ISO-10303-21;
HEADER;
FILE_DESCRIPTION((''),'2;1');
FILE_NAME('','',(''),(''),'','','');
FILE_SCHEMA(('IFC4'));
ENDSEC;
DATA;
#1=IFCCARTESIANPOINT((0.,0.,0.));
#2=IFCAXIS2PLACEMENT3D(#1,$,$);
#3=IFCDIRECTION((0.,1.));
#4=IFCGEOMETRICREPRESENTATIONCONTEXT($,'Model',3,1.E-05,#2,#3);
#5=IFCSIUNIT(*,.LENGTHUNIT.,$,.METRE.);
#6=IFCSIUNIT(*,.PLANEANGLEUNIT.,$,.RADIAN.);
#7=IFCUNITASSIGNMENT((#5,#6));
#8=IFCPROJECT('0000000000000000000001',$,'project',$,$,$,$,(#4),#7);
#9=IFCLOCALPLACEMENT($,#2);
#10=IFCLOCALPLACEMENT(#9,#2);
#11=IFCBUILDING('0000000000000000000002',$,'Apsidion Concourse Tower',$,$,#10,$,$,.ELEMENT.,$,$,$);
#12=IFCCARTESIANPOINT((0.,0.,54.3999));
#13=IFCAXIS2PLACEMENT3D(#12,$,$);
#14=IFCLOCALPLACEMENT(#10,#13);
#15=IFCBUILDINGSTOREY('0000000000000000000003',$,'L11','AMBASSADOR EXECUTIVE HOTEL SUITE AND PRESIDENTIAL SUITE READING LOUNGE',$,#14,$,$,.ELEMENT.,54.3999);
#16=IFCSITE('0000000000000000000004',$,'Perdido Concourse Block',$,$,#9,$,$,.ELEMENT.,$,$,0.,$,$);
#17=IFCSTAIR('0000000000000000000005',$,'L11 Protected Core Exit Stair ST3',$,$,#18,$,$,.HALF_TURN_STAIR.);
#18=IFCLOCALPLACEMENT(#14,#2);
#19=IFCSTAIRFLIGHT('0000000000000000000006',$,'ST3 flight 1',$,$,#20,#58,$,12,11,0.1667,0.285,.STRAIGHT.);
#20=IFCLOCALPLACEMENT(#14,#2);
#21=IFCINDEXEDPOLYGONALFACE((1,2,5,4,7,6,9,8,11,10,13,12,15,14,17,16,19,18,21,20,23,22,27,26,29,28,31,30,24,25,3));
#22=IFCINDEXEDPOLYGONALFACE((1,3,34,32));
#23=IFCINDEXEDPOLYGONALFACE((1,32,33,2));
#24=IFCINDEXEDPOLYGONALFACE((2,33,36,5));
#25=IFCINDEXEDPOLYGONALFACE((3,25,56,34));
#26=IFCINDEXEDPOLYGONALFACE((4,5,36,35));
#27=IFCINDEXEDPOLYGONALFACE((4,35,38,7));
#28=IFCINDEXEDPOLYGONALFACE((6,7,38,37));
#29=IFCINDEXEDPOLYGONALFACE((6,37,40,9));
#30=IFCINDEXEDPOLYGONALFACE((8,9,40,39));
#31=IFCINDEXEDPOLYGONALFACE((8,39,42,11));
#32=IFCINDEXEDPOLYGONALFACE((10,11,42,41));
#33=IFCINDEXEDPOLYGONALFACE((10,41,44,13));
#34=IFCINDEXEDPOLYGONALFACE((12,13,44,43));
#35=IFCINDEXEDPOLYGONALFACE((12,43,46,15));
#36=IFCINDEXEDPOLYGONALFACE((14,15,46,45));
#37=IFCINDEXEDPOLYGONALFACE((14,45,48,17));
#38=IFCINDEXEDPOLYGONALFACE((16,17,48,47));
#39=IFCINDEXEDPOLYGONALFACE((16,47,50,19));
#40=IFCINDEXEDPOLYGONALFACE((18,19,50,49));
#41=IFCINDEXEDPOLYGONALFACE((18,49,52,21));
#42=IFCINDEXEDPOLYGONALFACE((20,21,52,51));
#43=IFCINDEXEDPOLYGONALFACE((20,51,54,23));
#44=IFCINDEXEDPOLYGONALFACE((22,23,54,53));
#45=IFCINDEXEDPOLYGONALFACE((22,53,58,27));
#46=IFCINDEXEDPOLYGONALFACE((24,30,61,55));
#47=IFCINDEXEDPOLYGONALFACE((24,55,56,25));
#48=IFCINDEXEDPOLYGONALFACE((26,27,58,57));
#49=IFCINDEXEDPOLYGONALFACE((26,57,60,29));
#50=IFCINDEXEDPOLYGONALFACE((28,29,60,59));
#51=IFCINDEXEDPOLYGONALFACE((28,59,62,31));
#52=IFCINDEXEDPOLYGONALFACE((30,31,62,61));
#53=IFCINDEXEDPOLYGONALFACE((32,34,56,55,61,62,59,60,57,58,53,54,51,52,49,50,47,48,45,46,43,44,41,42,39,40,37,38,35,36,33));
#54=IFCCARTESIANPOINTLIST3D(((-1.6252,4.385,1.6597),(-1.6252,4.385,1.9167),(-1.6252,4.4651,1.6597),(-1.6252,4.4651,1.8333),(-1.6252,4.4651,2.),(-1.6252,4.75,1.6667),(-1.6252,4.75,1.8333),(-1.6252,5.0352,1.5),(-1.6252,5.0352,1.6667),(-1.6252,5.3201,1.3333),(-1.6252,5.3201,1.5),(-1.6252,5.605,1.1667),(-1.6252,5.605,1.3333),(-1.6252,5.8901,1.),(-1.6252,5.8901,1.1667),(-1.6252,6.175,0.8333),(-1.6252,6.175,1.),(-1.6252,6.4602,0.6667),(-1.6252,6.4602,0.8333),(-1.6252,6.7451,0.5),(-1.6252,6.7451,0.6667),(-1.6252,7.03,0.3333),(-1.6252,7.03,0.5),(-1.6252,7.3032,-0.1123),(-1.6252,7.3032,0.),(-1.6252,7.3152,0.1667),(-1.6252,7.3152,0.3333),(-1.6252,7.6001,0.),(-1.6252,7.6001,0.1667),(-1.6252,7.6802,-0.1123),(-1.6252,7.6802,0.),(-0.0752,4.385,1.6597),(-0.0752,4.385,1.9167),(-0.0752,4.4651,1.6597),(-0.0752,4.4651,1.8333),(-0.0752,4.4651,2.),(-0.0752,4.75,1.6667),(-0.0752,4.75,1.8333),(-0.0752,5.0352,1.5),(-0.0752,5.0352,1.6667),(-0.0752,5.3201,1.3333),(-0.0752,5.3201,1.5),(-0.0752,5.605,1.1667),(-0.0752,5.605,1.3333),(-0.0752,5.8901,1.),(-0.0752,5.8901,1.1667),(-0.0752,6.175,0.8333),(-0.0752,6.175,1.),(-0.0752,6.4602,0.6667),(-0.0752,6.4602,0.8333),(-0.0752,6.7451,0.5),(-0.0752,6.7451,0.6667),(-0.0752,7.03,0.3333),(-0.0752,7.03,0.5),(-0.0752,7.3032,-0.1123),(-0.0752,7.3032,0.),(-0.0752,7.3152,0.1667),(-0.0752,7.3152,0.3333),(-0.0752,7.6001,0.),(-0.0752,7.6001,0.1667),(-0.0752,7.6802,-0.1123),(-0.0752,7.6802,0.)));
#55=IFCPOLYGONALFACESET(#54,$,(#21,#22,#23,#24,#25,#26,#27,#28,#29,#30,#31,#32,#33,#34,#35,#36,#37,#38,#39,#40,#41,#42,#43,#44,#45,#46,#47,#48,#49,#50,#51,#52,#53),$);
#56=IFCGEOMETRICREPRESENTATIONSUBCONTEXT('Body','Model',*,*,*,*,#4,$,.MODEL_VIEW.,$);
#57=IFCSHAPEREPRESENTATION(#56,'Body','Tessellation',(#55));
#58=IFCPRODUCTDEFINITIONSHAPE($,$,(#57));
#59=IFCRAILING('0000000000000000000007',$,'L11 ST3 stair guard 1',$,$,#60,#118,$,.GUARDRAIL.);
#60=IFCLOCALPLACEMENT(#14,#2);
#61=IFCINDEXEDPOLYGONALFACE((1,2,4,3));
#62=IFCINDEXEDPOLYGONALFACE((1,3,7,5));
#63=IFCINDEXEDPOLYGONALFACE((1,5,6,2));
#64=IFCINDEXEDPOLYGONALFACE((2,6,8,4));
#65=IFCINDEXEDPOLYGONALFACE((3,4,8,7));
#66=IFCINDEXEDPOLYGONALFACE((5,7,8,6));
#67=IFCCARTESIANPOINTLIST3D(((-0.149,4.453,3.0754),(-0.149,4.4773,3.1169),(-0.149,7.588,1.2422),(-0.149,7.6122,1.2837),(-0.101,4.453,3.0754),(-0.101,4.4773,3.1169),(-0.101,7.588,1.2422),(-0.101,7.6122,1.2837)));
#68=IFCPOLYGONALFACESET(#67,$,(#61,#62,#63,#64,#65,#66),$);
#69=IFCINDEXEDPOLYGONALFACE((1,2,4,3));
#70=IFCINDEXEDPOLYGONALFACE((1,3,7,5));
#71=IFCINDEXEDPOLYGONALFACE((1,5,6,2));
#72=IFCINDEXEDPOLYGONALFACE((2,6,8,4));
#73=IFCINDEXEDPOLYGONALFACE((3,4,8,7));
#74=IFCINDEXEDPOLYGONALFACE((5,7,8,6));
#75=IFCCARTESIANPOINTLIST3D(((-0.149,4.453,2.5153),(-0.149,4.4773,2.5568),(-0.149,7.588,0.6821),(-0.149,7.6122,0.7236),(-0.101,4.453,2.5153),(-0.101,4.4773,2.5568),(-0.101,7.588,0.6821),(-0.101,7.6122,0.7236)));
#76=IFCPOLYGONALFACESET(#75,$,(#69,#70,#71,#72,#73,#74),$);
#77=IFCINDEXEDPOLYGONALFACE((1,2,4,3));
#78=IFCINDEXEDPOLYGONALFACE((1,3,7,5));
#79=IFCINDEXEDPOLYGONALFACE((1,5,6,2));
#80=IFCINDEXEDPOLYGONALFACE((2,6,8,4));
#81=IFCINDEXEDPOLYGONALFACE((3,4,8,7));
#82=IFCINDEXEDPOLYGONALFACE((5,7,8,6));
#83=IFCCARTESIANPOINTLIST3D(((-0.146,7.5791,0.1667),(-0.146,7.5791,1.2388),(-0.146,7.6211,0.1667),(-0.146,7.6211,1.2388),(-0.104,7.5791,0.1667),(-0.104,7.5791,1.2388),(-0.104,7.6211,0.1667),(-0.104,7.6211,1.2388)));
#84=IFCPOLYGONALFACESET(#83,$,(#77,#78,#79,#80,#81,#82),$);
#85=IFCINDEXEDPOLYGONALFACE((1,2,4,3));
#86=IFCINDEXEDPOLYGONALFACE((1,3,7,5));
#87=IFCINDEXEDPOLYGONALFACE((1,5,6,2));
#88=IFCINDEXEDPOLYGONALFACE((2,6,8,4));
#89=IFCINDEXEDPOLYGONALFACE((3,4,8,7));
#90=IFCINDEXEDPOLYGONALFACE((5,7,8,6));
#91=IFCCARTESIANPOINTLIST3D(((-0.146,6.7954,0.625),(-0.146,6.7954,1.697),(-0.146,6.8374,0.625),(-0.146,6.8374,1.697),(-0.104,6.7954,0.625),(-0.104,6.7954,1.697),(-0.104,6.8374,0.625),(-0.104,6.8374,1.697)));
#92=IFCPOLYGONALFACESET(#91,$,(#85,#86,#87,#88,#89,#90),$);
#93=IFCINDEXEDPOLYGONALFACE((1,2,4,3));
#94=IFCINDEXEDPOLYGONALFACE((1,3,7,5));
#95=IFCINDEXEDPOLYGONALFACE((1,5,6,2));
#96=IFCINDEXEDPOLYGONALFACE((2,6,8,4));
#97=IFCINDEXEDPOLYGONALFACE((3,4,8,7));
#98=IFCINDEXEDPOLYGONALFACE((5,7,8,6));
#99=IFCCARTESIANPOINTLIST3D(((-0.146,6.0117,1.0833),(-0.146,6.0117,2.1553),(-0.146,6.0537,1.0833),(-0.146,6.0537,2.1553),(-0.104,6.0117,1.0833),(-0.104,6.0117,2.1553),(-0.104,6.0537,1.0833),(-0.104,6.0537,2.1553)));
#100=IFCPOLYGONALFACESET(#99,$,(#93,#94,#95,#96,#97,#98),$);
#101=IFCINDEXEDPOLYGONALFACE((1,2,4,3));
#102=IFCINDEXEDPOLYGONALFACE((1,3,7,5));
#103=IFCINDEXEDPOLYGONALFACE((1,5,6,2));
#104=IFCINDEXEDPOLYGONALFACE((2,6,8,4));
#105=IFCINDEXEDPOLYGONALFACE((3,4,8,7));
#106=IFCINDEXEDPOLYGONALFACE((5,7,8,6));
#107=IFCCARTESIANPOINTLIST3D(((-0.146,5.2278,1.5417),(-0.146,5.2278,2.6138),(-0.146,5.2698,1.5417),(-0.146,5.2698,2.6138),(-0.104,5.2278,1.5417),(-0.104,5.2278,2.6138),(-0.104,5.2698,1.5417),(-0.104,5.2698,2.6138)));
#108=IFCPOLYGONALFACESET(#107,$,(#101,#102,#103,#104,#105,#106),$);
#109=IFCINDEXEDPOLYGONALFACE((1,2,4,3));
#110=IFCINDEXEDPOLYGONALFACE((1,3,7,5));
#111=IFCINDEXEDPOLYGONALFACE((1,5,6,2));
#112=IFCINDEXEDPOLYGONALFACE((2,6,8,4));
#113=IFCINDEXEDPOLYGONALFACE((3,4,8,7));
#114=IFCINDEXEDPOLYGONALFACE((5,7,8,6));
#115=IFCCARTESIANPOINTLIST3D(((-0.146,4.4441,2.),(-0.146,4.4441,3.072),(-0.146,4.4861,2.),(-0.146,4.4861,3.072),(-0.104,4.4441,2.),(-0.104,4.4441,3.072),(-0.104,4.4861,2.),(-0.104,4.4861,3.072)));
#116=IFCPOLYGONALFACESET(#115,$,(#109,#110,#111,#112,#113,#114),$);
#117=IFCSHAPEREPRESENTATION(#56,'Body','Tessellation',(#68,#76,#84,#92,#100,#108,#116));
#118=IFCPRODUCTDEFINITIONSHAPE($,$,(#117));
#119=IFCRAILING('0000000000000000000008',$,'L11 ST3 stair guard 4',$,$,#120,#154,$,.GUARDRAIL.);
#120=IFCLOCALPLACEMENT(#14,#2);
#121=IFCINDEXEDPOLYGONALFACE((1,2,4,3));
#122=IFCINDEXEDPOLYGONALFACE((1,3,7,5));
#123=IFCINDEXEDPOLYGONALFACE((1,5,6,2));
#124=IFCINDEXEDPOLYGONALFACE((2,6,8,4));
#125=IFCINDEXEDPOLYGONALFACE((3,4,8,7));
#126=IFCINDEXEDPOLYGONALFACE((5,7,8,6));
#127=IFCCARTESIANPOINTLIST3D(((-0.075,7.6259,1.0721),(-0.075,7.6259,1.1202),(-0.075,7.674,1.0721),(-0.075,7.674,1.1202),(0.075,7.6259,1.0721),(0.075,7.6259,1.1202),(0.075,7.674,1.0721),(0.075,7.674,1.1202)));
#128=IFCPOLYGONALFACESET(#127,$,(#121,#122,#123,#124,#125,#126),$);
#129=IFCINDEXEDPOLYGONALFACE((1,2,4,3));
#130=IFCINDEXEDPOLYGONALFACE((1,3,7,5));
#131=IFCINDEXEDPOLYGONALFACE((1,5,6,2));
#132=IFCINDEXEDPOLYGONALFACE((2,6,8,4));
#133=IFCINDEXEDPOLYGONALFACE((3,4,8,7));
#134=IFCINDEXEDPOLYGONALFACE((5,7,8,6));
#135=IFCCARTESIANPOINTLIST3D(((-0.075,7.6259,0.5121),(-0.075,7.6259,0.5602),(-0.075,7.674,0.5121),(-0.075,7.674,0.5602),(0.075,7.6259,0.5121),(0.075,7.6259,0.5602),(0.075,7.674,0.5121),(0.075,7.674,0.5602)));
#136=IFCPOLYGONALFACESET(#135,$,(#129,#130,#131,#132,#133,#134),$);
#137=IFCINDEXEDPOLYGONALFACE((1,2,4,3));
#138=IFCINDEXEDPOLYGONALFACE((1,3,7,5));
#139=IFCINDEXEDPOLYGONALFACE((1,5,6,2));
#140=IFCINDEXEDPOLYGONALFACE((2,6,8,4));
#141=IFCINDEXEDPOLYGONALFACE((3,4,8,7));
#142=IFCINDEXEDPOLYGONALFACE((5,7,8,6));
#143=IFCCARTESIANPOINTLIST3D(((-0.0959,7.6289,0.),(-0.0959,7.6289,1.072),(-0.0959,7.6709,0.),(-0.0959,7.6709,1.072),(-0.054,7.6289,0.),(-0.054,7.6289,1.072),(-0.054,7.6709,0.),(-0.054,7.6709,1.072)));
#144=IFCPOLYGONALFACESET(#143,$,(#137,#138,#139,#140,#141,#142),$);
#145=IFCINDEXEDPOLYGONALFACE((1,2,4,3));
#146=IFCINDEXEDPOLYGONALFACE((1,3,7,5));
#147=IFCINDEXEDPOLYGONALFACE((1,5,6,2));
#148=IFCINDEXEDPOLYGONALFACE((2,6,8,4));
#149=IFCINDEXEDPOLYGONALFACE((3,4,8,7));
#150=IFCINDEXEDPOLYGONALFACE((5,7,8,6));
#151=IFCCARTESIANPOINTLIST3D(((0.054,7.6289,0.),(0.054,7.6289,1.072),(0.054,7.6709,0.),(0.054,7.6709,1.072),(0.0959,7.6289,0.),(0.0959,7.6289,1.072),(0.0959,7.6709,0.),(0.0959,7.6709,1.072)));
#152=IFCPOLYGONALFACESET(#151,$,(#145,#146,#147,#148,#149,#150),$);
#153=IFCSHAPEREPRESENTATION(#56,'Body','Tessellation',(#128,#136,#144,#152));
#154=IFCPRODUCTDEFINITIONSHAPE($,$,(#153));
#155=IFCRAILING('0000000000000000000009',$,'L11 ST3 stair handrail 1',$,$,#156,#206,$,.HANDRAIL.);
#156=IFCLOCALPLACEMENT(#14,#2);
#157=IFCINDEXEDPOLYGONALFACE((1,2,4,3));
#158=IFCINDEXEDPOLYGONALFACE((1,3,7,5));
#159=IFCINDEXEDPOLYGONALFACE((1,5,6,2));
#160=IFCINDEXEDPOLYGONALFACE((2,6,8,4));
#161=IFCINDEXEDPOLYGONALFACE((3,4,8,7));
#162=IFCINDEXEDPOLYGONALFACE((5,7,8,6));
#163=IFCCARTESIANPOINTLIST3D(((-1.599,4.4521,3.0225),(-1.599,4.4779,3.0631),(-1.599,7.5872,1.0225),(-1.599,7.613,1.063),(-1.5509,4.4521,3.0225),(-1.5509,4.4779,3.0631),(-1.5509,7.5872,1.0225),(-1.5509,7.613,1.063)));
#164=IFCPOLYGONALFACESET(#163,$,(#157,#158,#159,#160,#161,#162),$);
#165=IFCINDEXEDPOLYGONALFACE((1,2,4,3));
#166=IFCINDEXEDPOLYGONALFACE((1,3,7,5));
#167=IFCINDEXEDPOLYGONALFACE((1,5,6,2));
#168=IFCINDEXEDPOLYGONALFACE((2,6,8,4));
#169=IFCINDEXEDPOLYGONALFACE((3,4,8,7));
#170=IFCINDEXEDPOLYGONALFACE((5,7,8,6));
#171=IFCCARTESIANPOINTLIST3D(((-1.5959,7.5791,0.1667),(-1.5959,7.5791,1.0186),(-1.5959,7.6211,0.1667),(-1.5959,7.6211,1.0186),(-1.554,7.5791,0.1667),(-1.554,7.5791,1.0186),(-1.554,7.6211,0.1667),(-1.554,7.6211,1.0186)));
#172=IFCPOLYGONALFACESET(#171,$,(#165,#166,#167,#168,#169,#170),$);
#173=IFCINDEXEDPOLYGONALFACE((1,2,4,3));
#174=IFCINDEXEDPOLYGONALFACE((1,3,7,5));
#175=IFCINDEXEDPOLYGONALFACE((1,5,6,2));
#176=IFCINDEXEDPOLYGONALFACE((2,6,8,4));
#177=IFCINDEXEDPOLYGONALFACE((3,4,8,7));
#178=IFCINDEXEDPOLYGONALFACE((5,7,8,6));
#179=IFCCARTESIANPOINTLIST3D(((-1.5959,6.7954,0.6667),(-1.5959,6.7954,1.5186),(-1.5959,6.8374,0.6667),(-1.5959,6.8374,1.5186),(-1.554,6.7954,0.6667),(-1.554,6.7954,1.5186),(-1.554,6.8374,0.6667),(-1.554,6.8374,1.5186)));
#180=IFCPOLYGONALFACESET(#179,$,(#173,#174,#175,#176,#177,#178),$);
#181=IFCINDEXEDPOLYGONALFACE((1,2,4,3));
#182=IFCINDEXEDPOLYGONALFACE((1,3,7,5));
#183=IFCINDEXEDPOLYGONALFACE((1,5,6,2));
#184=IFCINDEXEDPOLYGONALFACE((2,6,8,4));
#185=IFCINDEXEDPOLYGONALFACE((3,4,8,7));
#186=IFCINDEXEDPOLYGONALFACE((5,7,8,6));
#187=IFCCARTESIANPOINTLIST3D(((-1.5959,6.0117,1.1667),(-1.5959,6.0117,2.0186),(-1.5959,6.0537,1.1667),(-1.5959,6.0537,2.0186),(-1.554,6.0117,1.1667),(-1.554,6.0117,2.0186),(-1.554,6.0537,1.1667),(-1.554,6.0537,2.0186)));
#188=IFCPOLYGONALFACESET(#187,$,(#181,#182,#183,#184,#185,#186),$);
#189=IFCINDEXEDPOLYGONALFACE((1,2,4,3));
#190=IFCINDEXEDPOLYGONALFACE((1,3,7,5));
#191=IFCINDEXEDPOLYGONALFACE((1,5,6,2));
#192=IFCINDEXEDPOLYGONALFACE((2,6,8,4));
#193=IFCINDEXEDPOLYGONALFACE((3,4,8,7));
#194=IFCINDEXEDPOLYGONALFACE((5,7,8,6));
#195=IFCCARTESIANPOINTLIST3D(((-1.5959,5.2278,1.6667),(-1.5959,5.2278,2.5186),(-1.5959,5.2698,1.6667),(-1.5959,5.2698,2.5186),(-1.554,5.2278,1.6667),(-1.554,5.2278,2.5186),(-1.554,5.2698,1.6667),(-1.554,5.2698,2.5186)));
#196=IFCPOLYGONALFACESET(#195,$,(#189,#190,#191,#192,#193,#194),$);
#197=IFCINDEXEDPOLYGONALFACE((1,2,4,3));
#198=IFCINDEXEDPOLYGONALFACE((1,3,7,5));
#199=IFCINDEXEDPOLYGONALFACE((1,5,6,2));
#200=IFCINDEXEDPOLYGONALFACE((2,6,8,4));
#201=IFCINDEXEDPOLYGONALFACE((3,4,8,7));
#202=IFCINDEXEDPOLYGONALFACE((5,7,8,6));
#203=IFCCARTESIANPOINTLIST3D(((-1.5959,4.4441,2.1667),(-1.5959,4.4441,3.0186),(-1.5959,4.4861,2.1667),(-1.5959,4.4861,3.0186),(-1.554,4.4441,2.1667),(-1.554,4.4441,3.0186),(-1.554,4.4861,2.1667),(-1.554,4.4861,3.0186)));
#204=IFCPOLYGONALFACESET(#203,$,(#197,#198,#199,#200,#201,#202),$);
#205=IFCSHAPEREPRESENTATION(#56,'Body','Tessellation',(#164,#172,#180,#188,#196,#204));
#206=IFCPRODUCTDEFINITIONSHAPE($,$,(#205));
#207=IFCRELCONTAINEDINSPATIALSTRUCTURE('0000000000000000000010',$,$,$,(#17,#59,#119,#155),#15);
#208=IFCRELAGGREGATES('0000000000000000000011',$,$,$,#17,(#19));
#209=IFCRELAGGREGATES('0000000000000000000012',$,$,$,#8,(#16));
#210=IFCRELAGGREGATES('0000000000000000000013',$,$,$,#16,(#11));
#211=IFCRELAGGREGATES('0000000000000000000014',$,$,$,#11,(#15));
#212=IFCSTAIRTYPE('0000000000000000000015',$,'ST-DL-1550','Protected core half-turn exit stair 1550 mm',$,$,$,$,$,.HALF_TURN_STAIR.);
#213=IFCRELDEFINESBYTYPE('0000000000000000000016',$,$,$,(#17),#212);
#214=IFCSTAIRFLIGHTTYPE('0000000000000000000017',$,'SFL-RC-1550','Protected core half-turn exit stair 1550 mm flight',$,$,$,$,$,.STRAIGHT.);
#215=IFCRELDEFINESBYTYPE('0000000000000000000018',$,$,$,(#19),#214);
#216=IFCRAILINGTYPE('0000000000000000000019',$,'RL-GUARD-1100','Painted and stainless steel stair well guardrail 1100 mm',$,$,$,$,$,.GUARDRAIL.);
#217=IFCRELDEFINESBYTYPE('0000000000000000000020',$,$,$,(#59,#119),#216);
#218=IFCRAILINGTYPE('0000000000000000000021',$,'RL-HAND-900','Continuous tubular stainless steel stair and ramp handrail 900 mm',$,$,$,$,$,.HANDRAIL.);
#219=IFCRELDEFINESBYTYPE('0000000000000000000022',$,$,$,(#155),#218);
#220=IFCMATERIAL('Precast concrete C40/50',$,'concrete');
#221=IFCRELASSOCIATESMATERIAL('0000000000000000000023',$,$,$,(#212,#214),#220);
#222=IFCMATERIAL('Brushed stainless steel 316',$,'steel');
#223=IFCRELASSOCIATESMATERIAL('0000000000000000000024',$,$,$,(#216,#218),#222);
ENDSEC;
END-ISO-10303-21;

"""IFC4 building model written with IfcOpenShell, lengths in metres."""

from ifc_helpers import new_model, si_unit, direction, frame, origin, origin_2d, place, context, subcontext, project, spatial, polyline, rectangle, outline, extrude, material, type_object, element, aggregate, save


model = new_model("IFC4")

# Units and contexts
model_context = context("Model", 3, precision=1e-05, world=origin(), true_north=direction((0.0, 1.0)))
body_context = subcontext(model_context, "Body", "Model", "MODEL_VIEW")
ifc_project = project(units=[si_unit("LENGTHUNIT", "METRE"), si_unit("PLANEANGLEUNIT", "RADIAN")], contexts=[model_context])

# Site, building, storey
site_placement = place(None, origin())
site = spatial("IfcSite", under=ifc_project, at=site_placement, Name="Perdido Concourse Block", CompositionType="ELEMENT", RefElevation=0.0)
building_placement = place(site_placement, origin())
building = spatial("IfcBuilding", under=site, at=building_placement, Name="Apsidion Concourse Tower", CompositionType="ELEMENT")
storey_placement = place(building_placement, frame((0.0, 0.0, 54.3999)))
storey = spatial("IfcBuildingStorey", under=building, at=storey_placement, Name="L11", Description="AMBASSADOR EXECUTIVE HOTEL SUITE AND PRESIDENTIAL SUITE READING LOUNGE", CompositionType="ELEMENT", Elevation=54.3999)

# Shared definitions
ifc_material_1 = material(Name="Brushed stainless steel 316", Category="steel")

# Stair, stair flight
ifc_material_2 = material(Name="Precast concrete C40/50", Category="concrete")
stair_type = type_object("IfcStairType", Name="ST-DL-1550", Description="Protected core half-turn exit stair 1550 mm", PredefinedType="HALF_TURN_STAIR", material=ifc_material_2)
stair_placement = place(storey_placement, origin())
stair = element("IfcStair", 1, at=stair_placement, inside=storey, type_object=stair_type, Name="L11 Protected Core Exit Stair ST3", PredefinedType="HALF_TURN_STAIR")
stair_flight_type = type_object("IfcStairFlightType", Name="SFL-RC-1550", Description="Protected core half-turn exit stair 1550 mm flight", PredefinedType="STRAIGHT", material=ifc_material_2)
stair_flight_placement = place(storey_placement, frame((-0.8501, 7.6001, 0.0), z_axis=(0.0, 0.0, 1.0), x_axis=(0.0, -1.0, 0.0)))
stair_flight = element("IfcStairFlight", 2, at=stair_flight_placement, type_object=stair_flight_type, Name="ST3 flight 1", NumberOfRisers=12, NumberOfTreads=11, PredefinedType="STRAIGHT", RiserHeight=0.1667, TreadLength=0.285, context=body_context, shape_type="SweptSolid", body=[
    extrude(outline(polyline([(-0.0801, -0.1123), (-0.0801, 0.0), (0.0, 0.0), (0.0, 0.1667), (0.2849, 0.1667), (0.2849, 0.3333), (0.5701, 0.3333), (0.5701, 0.5), (0.855, 0.5), (0.855, 0.6667), (1.1399, 0.6667), (1.1399, 0.8333), (1.425, 0.8333), (1.425, 1.0), (1.71, 1.0), (1.71, 1.1667), (1.9951, 1.1667), (1.9951, 1.3333), (2.28, 1.3333), (2.28, 1.5), (2.5649, 1.5), (2.5649, 1.6667), (2.8501, 1.6667), (2.8501, 1.8333), (3.135, 1.8333), (3.135, 2.0), (3.2151, 1.9167), (3.2151, 1.6597), (3.135, 1.6597), (0.2969, 0.0), (0.2969, -0.1123), (-0.0801, -0.1123)])), frame((0.0, 0.7749, 0.0), z_axis=(0.0, -1.0, 0.0), x_axis=(1.0, 0.0, 0.0)), (0.0, 0.0, 1.0), 1.55),
])
aggregate(stair, [stair_flight])

# Railings
railing_type_1 = type_object("IfcRailingType", Name="RL-GUARD-1100", Description="Painted and stainless steel stair well guardrail 1100 mm", PredefinedType="GUARDRAIL", material=ifc_material_1)
railing_1_placement = place(storey_placement, frame((-0.125, 7.6001, 0.1667)))
element("IfcRailing", 3, at=railing_1_placement, inside=storey, type_object=railing_type_1, Name="L11 ST3 stair guard 1", PredefinedType="GUARDRAIL", context=body_context, shape_type="SweptSolid", body=[
    extrude(rectangle(XDim=0.0481, YDim=0.0481, at=origin_2d()), frame((0.0, 0.0, 1.0962), z_axis=(0.0, -0.86324, 0.504794), x_axis=(1.0, 0.0, 0.0)), (0.0, 0.0, 1.0), 3.6316),
    extrude(rectangle(XDim=0.0481, YDim=0.0481, at=origin_2d()), frame((0.0, 0.0, 0.5361), z_axis=(0.0, -0.86324, 0.504794), x_axis=(1.0, 0.0, 0.0)), (0.0, 0.0, 1.0), 3.6316),
    extrude(rectangle(XDim=0.042, YDim=0.042, at=origin_2d()), origin(), (0.0, 0.0, 1.0), 1.072),
    extrude(rectangle(XDim=0.042, YDim=0.042, at=origin_2d()), frame((0.0, -0.7837, 0.4583)), (0.0, 0.0, 1.0), 1.072),
    extrude(rectangle(XDim=0.042, YDim=0.042, at=origin_2d()), frame((0.0, -1.5674, 0.9165)), (0.0, 0.0, 1.0), 1.072),
    extrude(rectangle(XDim=0.042, YDim=0.042, at=origin_2d()), frame((0.0, -2.3513, 1.375)), (0.0, 0.0, 1.0), 1.072),
    extrude(rectangle(XDim=0.042, YDim=0.042, at=origin_2d()), frame((0.0, -3.135, 1.8333)), (0.0, 0.0, 1.0), 1.072),
])
railing_2_placement = place(storey_placement, frame((-0.075, 7.6499, 0.0)))
element("IfcRailing", 4, at=railing_2_placement, inside=storey, type_object=railing_type_1, Name="L11 ST3 stair guard 4", PredefinedType="GUARDRAIL", context=body_context, shape_type="SweptSolid", body=[
    extrude(rectangle(XDim=0.0481, YDim=0.0481, at=origin_2d()), frame((0.0, 0.0, 1.0962), z_axis=(1.0, 0.0, 0.0), x_axis=(0.0, 1.0, 0.0)), (0.0, 0.0, 1.0), 0.1499),
    extrude(rectangle(XDim=0.0481, YDim=0.0481, at=origin_2d()), frame((0.0, 0.0, 0.5361), z_axis=(1.0, 0.0, 0.0), x_axis=(0.0, 1.0, 0.0)), (0.0, 0.0, 1.0), 0.1499),
    extrude(rectangle(XDim=0.042, YDim=0.042, at=origin_2d()), origin(), (0.0, 0.0, 1.0), 1.072),
    extrude(rectangle(XDim=0.042, YDim=0.042, at=origin_2d()), frame((0.1499, 0.0, 0.0)), (0.0, 0.0, 1.0), 1.072),
])
railing_type_2 = type_object("IfcRailingType", Name="RL-HAND-900", Description="Continuous tubular stainless steel stair and ramp handrail 900 mm", PredefinedType="HANDRAIL", material=ifc_material_1)
railing_3_placement = place(storey_placement, frame((-1.575, 7.6001, 0.1667)))
element("IfcRailing", 5, at=railing_3_placement, inside=storey, type_object=railing_type_2, Name="L11 ST3 stair handrail 1", PredefinedType="HANDRAIL", context=body_context, shape_type="SweptSolid", body=[
    extrude(rectangle(XDim=0.0481, YDim=0.0481, at=origin_2d()), frame((0.0, 0.0, 0.876), z_axis=(0.0, -0.843053, 0.537831), x_axis=(1.0, 0.0, 0.0)), (0.0, 0.0, 1.0), 3.7188),
    extrude(rectangle(XDim=0.042, YDim=0.042, at=origin_2d()), origin(), (0.0, 0.0, 1.0), 0.8518),
    extrude(rectangle(XDim=0.042, YDim=0.042, at=origin_2d()), frame((0.0, -0.7837, 0.5)), (0.0, 0.0, 1.0), 0.8518),
    extrude(rectangle(XDim=0.042, YDim=0.042, at=origin_2d()), frame((0.0, -1.5674, 1.0)), (0.0, 0.0, 1.0), 0.8518),
    extrude(rectangle(XDim=0.042, YDim=0.042, at=origin_2d()), frame((0.0, -2.3513, 1.5)), (0.0, 0.0, 1.0), 0.8518),
    extrude(rectangle(XDim=0.042, YDim=0.042, at=origin_2d()), frame((0.0, -3.135, 2.0)), (0.0, 0.0, 1.0), 0.8518),
])

save(model, "model.ifc")
